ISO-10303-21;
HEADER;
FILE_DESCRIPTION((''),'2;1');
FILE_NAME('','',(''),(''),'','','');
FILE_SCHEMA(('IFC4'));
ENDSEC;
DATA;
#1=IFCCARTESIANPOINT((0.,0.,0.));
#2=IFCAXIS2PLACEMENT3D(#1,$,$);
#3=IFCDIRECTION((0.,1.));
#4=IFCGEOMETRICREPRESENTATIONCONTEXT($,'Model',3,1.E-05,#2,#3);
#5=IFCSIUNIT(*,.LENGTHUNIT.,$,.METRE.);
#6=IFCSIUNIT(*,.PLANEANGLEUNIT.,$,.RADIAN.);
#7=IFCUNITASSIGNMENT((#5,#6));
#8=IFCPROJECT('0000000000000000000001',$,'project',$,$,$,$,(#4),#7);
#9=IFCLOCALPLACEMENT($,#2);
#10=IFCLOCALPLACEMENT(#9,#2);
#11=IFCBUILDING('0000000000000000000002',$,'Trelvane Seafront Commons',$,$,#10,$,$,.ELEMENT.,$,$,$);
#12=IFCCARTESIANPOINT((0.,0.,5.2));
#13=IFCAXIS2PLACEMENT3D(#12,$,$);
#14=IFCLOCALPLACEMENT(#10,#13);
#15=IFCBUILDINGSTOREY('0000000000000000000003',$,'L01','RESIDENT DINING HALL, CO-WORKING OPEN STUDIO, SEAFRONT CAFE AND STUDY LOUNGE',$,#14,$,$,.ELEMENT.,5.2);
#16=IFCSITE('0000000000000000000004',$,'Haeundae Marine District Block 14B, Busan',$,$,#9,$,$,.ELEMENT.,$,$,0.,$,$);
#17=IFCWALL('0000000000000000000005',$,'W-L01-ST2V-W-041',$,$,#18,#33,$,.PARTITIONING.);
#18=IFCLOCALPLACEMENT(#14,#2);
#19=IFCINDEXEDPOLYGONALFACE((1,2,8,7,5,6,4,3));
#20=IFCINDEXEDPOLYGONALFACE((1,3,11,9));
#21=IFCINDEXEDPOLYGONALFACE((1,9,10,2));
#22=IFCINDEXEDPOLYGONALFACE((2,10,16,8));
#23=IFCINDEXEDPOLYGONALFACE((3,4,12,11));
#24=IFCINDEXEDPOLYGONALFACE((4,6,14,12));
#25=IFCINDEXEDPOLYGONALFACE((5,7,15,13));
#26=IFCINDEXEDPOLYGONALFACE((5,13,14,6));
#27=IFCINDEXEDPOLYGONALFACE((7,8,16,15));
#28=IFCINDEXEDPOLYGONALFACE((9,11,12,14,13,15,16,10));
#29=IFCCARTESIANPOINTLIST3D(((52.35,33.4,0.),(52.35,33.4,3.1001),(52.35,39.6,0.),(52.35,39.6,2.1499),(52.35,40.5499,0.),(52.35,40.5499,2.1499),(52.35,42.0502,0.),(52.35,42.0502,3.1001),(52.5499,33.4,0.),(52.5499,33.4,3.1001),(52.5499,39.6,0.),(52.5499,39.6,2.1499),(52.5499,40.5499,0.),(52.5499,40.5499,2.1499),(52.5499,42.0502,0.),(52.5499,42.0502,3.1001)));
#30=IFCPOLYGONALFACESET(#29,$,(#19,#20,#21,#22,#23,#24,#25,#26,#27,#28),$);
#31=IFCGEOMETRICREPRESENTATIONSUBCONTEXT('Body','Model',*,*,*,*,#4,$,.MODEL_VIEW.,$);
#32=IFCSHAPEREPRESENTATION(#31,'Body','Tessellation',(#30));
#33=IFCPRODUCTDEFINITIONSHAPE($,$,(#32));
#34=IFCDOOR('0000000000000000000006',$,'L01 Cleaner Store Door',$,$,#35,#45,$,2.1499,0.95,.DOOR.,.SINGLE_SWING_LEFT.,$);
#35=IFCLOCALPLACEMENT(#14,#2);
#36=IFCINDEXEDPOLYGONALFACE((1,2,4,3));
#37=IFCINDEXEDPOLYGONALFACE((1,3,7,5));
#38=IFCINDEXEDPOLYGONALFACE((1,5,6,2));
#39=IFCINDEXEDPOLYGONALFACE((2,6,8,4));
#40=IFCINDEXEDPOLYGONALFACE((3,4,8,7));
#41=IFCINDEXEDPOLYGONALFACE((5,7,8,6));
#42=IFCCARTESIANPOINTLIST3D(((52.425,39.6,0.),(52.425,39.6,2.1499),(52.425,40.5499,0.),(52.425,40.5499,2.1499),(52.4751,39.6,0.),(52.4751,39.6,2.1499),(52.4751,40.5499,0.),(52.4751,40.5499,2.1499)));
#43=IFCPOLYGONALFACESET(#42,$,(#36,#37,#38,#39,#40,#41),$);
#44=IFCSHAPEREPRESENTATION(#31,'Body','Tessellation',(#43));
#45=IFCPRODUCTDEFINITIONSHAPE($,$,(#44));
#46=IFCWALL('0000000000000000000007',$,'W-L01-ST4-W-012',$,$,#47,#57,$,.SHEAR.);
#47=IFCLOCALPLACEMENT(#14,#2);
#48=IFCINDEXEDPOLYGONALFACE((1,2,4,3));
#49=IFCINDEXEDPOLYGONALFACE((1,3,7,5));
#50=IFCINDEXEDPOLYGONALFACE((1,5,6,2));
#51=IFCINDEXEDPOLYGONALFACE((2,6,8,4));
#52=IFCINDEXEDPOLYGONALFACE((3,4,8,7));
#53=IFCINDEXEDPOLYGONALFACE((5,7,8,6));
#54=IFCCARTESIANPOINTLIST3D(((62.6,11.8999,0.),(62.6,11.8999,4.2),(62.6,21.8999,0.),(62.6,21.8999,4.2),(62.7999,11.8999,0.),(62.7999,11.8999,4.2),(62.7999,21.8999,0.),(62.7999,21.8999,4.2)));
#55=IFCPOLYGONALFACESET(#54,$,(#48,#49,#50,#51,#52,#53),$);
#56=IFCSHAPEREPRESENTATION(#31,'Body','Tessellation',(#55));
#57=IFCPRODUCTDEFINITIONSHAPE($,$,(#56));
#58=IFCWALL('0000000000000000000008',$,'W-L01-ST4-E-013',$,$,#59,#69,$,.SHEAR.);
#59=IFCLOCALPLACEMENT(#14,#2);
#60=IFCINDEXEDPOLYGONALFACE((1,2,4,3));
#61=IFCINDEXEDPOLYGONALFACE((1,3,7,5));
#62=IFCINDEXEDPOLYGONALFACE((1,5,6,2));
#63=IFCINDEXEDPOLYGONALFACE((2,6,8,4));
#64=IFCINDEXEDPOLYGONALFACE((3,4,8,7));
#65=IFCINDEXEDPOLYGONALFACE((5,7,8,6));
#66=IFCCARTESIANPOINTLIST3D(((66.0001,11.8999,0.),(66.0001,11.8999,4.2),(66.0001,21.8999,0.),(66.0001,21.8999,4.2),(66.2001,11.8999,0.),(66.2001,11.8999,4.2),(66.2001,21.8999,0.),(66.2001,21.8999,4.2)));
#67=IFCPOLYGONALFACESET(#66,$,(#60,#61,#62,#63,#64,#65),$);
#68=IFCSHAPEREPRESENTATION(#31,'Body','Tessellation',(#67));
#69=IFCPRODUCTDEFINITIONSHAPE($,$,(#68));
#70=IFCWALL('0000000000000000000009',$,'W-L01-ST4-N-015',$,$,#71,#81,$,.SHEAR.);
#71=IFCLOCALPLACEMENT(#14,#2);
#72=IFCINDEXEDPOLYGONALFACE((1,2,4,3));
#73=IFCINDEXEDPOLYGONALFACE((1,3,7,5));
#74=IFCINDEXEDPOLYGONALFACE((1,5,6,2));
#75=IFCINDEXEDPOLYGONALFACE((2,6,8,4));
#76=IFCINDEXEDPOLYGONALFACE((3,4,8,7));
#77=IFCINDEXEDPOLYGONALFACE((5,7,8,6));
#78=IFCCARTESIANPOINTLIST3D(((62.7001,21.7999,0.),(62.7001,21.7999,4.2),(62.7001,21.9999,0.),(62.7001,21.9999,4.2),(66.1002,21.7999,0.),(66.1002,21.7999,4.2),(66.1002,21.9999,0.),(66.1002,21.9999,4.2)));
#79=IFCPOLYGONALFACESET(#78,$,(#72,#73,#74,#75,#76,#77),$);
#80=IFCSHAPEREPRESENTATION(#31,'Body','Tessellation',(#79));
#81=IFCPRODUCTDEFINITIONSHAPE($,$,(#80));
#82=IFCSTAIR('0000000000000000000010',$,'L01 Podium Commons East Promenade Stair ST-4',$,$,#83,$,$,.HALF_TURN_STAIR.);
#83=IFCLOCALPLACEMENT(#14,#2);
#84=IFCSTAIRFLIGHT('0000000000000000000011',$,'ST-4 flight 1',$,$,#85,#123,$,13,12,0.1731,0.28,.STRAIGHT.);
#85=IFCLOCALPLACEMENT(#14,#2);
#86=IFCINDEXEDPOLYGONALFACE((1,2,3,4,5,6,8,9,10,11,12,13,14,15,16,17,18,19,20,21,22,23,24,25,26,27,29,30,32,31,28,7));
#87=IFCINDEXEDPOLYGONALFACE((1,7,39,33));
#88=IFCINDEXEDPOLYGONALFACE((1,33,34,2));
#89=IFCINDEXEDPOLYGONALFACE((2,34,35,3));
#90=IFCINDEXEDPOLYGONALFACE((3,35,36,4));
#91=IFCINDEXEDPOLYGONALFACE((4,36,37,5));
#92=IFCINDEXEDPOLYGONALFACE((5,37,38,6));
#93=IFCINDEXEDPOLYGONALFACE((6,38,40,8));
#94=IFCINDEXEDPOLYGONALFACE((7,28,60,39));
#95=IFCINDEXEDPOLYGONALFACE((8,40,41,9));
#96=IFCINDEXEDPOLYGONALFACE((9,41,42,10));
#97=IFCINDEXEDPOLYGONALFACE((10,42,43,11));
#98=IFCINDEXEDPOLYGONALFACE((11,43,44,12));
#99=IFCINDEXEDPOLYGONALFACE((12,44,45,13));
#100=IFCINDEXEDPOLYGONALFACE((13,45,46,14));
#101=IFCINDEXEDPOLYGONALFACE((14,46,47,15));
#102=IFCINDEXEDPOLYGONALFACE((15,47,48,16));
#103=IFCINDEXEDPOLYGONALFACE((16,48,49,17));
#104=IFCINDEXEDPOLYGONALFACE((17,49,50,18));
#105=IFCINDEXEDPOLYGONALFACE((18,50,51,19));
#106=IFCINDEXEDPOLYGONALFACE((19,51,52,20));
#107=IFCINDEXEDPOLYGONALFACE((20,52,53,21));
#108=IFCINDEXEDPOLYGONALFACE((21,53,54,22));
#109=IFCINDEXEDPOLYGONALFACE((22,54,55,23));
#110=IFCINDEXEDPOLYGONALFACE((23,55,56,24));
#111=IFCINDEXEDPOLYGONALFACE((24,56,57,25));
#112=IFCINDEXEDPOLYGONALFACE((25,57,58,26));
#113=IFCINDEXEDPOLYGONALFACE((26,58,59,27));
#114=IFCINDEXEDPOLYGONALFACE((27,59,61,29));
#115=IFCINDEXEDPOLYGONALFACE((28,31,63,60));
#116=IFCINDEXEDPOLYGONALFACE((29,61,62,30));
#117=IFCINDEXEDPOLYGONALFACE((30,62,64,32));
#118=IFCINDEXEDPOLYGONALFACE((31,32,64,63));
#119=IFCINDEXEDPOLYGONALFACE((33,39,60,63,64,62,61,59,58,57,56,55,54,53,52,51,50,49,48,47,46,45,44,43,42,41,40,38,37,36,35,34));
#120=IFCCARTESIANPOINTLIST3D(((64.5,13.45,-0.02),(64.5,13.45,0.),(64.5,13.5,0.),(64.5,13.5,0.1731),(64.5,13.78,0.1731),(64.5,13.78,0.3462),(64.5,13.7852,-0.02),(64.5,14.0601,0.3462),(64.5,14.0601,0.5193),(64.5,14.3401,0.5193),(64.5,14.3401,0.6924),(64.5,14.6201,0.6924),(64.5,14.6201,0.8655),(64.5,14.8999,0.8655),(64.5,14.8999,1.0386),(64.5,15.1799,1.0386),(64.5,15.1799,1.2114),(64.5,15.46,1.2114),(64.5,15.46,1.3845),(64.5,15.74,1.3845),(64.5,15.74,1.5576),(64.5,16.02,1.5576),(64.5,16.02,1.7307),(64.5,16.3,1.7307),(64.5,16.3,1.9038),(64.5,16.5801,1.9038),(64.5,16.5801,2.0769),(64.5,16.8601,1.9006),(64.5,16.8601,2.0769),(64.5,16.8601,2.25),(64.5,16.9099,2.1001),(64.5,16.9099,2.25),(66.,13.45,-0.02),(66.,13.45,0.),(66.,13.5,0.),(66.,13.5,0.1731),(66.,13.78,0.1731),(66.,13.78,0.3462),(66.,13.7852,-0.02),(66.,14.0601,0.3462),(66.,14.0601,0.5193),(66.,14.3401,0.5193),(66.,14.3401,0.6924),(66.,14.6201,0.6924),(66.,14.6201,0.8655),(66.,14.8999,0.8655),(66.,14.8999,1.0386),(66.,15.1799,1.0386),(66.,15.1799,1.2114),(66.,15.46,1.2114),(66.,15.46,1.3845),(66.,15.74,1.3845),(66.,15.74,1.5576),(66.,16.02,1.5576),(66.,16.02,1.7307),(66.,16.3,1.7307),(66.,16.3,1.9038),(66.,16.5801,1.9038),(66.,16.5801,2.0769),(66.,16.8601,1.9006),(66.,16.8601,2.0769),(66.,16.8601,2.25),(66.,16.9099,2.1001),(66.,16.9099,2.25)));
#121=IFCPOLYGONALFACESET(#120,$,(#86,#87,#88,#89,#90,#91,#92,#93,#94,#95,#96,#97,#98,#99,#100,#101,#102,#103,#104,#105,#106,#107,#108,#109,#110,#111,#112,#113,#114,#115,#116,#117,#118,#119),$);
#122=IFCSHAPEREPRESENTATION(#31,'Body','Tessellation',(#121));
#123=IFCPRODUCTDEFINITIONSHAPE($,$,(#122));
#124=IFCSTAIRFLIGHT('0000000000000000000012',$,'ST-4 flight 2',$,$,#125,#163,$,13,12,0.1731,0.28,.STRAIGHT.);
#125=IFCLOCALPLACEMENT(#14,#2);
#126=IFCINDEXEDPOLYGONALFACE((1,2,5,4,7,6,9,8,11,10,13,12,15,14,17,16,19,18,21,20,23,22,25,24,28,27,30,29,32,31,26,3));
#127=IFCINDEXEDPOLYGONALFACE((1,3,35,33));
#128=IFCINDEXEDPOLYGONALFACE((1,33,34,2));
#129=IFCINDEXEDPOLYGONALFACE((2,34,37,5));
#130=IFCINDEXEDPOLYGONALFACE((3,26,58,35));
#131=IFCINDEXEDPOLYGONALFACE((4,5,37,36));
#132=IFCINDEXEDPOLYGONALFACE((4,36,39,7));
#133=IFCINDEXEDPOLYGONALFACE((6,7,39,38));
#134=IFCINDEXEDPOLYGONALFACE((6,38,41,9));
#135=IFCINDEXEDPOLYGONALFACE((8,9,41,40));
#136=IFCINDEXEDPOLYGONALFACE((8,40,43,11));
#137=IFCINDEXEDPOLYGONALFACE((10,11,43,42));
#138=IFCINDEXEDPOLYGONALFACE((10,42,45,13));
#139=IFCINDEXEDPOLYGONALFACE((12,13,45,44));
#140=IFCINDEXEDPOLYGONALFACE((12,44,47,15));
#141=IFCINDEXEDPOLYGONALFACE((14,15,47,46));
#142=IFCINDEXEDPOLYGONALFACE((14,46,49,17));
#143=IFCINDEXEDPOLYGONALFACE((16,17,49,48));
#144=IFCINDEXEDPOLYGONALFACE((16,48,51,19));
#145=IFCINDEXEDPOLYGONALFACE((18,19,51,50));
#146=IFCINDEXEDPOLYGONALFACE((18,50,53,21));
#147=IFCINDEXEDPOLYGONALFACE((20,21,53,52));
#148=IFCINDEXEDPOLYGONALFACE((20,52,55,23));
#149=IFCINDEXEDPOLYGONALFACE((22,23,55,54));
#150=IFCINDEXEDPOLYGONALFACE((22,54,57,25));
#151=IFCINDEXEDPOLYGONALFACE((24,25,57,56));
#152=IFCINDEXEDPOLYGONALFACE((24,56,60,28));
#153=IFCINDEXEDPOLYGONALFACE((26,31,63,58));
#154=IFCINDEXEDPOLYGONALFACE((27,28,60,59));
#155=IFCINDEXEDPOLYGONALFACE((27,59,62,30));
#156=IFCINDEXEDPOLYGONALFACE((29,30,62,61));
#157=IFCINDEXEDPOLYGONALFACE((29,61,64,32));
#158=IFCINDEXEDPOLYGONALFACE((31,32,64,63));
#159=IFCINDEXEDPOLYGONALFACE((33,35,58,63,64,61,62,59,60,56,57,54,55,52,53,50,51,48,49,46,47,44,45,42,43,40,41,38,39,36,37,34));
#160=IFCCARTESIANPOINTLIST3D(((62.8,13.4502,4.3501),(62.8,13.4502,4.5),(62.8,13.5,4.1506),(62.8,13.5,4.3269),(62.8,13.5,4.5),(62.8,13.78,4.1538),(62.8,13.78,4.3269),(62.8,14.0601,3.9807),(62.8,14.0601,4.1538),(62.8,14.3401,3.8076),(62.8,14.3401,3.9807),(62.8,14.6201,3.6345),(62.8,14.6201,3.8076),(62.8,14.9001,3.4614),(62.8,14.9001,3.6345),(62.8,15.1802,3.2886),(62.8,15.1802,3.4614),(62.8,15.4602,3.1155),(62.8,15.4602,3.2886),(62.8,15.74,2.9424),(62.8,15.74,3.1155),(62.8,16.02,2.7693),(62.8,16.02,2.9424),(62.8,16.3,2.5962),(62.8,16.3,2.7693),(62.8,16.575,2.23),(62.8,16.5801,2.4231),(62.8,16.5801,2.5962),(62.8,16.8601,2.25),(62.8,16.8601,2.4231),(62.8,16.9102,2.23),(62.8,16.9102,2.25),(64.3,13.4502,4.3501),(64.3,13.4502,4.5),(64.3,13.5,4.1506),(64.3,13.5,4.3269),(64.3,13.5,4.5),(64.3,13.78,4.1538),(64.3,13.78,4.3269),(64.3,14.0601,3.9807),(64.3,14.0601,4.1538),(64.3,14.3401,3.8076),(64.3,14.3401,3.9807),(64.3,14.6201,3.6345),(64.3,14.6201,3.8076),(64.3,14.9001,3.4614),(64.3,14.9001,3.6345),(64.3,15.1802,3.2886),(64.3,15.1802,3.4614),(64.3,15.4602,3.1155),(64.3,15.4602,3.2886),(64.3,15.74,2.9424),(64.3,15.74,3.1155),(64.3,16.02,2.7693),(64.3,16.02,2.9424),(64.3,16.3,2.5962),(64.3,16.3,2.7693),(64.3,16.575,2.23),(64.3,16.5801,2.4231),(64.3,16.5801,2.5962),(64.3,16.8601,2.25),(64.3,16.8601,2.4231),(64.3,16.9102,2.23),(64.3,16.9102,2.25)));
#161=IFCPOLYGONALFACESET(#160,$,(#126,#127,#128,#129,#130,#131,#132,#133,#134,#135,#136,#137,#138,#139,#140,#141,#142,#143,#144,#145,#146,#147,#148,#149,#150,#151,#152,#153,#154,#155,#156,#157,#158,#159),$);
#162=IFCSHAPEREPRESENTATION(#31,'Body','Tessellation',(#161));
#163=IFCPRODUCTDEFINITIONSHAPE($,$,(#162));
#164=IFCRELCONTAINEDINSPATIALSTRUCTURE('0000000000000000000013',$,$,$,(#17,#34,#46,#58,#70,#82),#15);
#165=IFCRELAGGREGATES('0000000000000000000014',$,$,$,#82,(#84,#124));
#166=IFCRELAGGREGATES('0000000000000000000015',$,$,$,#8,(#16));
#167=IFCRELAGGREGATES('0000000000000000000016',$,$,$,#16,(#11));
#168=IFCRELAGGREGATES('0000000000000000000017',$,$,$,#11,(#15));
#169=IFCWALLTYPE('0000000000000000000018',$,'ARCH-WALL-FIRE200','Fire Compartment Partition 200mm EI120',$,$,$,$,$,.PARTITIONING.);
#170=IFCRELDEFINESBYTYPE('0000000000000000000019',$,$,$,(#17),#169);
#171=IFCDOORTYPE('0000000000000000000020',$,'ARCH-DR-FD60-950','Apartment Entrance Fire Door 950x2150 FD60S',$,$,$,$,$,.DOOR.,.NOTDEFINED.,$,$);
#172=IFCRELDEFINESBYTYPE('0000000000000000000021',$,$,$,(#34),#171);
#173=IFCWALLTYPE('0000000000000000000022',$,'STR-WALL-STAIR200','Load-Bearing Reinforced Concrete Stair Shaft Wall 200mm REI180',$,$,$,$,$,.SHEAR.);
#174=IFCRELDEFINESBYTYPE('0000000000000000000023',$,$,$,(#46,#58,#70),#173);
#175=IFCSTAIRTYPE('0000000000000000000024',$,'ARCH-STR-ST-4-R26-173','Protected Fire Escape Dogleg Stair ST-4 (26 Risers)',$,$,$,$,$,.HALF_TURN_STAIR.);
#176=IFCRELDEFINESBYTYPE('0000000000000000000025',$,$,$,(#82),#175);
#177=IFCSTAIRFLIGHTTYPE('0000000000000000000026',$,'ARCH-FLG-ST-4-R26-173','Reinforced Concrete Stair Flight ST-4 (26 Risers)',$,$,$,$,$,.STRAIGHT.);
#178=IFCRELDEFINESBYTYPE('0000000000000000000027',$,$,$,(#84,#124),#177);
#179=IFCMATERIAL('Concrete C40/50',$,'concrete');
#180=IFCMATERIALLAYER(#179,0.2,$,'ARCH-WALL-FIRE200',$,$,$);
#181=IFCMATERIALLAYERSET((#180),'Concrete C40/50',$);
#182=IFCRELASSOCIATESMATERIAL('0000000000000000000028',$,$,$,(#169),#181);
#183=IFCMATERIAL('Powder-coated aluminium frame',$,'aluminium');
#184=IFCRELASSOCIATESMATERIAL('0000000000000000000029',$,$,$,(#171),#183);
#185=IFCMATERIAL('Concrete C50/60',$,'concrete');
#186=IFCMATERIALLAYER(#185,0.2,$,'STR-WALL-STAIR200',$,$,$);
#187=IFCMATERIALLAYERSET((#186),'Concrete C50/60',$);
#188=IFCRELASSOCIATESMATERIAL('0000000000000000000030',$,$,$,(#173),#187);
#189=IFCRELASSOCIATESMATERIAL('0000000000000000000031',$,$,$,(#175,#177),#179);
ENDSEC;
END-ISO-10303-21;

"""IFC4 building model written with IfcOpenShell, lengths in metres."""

from ifc_helpers import new_model, si_unit, direction, frame, frame_2d, origin, place, context, subcontext, project, spatial, polyline, rectangle, outline, extrude, source, transform, mapped, material, layer, layer_set, type_object, element, fill, aggregate, save


model = new_model("IFC4")

# Units and contexts
model_context = context("Model", 3, precision=1e-05, world=origin(), true_north=direction((0.0, 1.0)))
body_context = subcontext(model_context, "Body", "Model", "MODEL_VIEW")
ifc_project = project(units=[si_unit("LENGTHUNIT", "METRE"), si_unit("PLANEANGLEUNIT", "RADIAN")], contexts=[model_context])

# Site, building, storey
site_placement = place(None, origin())
site = spatial("IfcSite", under=ifc_project, at=site_placement, Name="Haeundae Marine District Block 14B, Busan", CompositionType="ELEMENT", RefElevation=0.0)
building_placement = place(site_placement, origin())
building = spatial("IfcBuilding", under=site, at=building_placement, Name="Trelvane Seafront Commons", CompositionType="ELEMENT")
storey_placement = place(building_placement, frame((0.0, 0.0, 5.2)))
storey = spatial("IfcBuildingStorey", under=building, at=storey_placement, Name="L01", Description="RESIDENT DINING HALL, CO-WORKING OPEN STUDIO, SEAFRONT CAFE AND STUDY LOUNGE", CompositionType="ELEMENT", Elevation=5.2)

# Wall, opening, door
ifc_material_1 = material(Name="Concrete C40/50", Category="concrete")
ifc_layer_1 = layer(ifc_material_1, 0.2, Name="ARCH-WALL-FIRE200")
ifc_layer_set_1 = layer_set([ifc_layer_1], Name="Concrete C40/50")
wall_type_1 = type_object("IfcWallType", Name="ARCH-WALL-FIRE200", Description="Fire Compartment Partition 200mm EI120", PredefinedType="PARTITIONING", material=ifc_layer_set_1)
wall_1_placement = place(storey_placement, frame((52.45, 33.3999, 0.0), z_axis=(0.0, 0.0, 1.0), x_axis=(0.0, 1.0, 0.0)))
wall_1 = element("IfcWall", 1, at=wall_1_placement, inside=storey, type_object=wall_type_1, Name="W-L01-ST2V-W-041", PredefinedType="PARTITIONING", context=body_context, shape_type="SweptSolid", body=[
    extrude(rectangle(XDim=8.6501, YDim=0.2, at=frame_2d((4.3252, 0.0))), origin(), (0.0, 0.0, 1.0), 3.1001),
])
opening_1_placement = place(wall_1_placement, frame((6.2, 0.0, 0.0)))
opening_1 = element("IfcOpeningElement", 2, at=opening_1_placement, cuts=wall_1, PredefinedType="OPENING", context=body_context, shape_type="SweptSolid", body=[
    extrude(rectangle(XDim=0.95, YDim=2.1499, at=frame_2d((0.4751, 1.075))), frame((0.0, 0.1099, 0.0), z_axis=(0.0, -1.0, 0.0), x_axis=(1.0, 0.0, 0.0)), (0.0, 0.0, 1.0), 0.22),
])
ifc_material_2 = material(Name="Powder-coated aluminium frame", Category="aluminium")
door_type_1 = type_object("IfcDoorType", Name="ARCH-DR-FD60-950", Description="Apartment Entrance Fire Door 950x2150 FD60S", OperationType="NOTDEFINED", PredefinedType="DOOR", material=ifc_material_2)
shared_shape_1 = source(origin(), body_context, "Body", "SweptSolid", [
    extrude(rectangle(XDim=0.95, YDim=2.1499, at=frame_2d((0.4751, 1.075))), frame((0.0, 0.0249, 0.0), z_axis=(0.0, -1.0, 0.0), x_axis=(1.0, 0.0, 0.0)), (0.0, 0.0, 1.0), 0.05),
])
door_1_placement = place(opening_1_placement, origin())
door_1 = element("IfcDoor", 3, at=door_1_placement, inside=storey, type_object=door_type_1, Name="L01 Cleaner Store Door", OperationType="SINGLE_SWING_LEFT", OverallHeight=2.1499, OverallWidth=0.95, PredefinedType="DOOR", context=body_context, shape_type="MappedRepresentation", body=[
    mapped(shared_shape_1, transform((0.0, 0.0, 0.0), x_axis=(1.0, 0.0, 0.0), y_axis=(0.0, 1.0, 0.0), z_axis=(0.0, 0.0, 1.0), scale=1.0)),
])
fill(opening_1, door_1)

# Walls
ifc_material_3 = material(Name="Concrete C50/60", Category="concrete")
ifc_layer_2 = layer(ifc_material_3, 0.2, Name="STR-WALL-STAIR200")
ifc_layer_set_2 = layer_set([ifc_layer_2], Name="Concrete C50/60")
wall_type_2 = type_object("IfcWallType", Name="STR-WALL-STAIR200", Description="Load-Bearing Reinforced Concrete Stair Shaft Wall 200mm REI180", PredefinedType="SHEAR", material=ifc_layer_set_2)
for number, where, z_axis, x_axis, name in (
    (4, (62.7, 11.8999, 0.0), (0.0, 0.0, 1.0), (0.0, 1.0, 0.0), "W-L01-ST4-W-012"),
    (5, (66.1001, 11.8999, 0.0), (0.0, 0.0, 1.0), (0.0, 1.0, 0.0), "W-L01-ST4-E-013"),
):
    element("IfcWall", number, at=place(storey_placement, frame(where, z_axis=z_axis, x_axis=x_axis)), inside=storey, type_object=wall_type_2, Name=name, PredefinedType="SHEAR", context=body_context, shape_type="SweptSolid", body=[
        extrude(rectangle(XDim=10.0, YDim=0.2, at=frame_2d((5.0, 0.0))), origin(), (0.0, 0.0, 1.0), 4.2),
    ])

# Wall
wall_2_placement = place(storey_placement, frame((62.7, 21.8999, 0.0), z_axis=(0.0, 0.0, 1.0), x_axis=(1.0, 0.0, 0.0)))
element("IfcWall", 6, at=wall_2_placement, inside=storey, type_object=wall_type_2, Name="W-L01-ST4-N-015", PredefinedType="SHEAR", context=body_context, shape_type="SweptSolid", body=[
    extrude(rectangle(XDim=3.4001, YDim=0.2, at=frame_2d((1.7002, 0.0))), origin(), (0.0, 0.0, 1.0), 4.2),
])

# Stair, stair flights
stair_type = type_object("IfcStairType", Name="ARCH-STR-ST-4-R26-173", Description="Protected Fire Escape Dogleg Stair ST-4 (26 Risers)", PredefinedType="HALF_TURN_STAIR", material=ifc_material_1)
stair_placement = place(storey_placement, origin())
stair = element("IfcStair", 7, at=stair_placement, inside=storey, type_object=stair_type, Name="L01 Podium Commons East Promenade Stair ST-4", PredefinedType="HALF_TURN_STAIR")
stair_flight_type = type_object("IfcStairFlightType", Name="ARCH-FLG-ST-4-R26-173", Description="Reinforced Concrete Stair Flight ST-4 (26 Risers)", PredefinedType="STRAIGHT", material=ifc_material_1)
shared_shape_2 = source(origin(), body_context, "Body", "SweptSolid", [
    extrude(outline(polyline([(-0.05, -0.02), (-0.05, 0.0), (0.0, 0.0), (0.0, 0.1731), (0.28, 0.1731), (0.28, 0.3462), (0.5601, 0.3462), (0.5601, 0.5193), (0.8401, 0.5193), (0.8401, 0.6924), (1.1201, 0.6924), (1.1201, 0.8655), (1.3999, 0.8655), (1.3999, 1.0386), (1.6799, 1.0386), (1.6799, 1.2114), (1.96, 1.2114), (1.96, 1.3845), (2.24, 1.3845), (2.24, 1.5576), (2.52, 1.5576), (2.52, 1.7307), (2.8, 1.7307), (2.8, 1.9038), (3.0801, 1.9038), (3.0801, 2.0769), (3.3601, 2.0769), (3.3601, 2.25), (3.4099, 2.25), (3.4099, 2.1001), (3.3601, 1.9006), (0.2852, -0.02), (-0.05, -0.02)])), frame((0.0, 0.75, 0.0), z_axis=(0.0, -1.0, 0.0), x_axis=(1.0, 0.0, 0.0)), (0.0, 0.0, 1.0), 1.5),
])
stair_flight_1_placement = place(storey_placement, frame((65.25, 13.5, 0.0), z_axis=(0.0, 0.0, 1.0), x_axis=(0.0, 1.0, 0.0)))
stair_flight_1 = element("IfcStairFlight", 8, at=stair_flight_1_placement, type_object=stair_flight_type, Name="ST-4 flight 1", NumberOfRisers=13, NumberOfTreads=12, PredefinedType="STRAIGHT", RiserHeight=0.1731, TreadLength=0.28, context=body_context, shape_type="MappedRepresentation", body=[
    mapped(shared_shape_2, transform((0.0, 0.0, 0.0), x_axis=(1.0, 0.0, 0.0), y_axis=(0.0, 1.0, 0.0), z_axis=(0.0, 0.0, 1.0), scale=1.0)),
])
stair_flight_2_placement = place(storey_placement, frame((63.55, 16.8601, 2.25), z_axis=(0.0, 0.0, 1.0), x_axis=(0.0, -1.0, 0.0)))
stair_flight_2 = element("IfcStairFlight", 9, at=stair_flight_2_placement, type_object=stair_flight_type, Name="ST-4 flight 2", NumberOfRisers=13, NumberOfTreads=12, PredefinedType="STRAIGHT", RiserHeight=0.1731, TreadLength=0.28, context=body_context, shape_type="MappedRepresentation", body=[
    mapped(shared_shape_2, transform((0.0, 0.0, 0.0), x_axis=(1.0, 0.0, 0.0), y_axis=(0.0, 1.0, 0.0), z_axis=(0.0, 0.0, 1.0), scale=1.0)),
])
aggregate(stair, [stair_flight_1, stair_flight_2])

save(model, "model.ifc")
